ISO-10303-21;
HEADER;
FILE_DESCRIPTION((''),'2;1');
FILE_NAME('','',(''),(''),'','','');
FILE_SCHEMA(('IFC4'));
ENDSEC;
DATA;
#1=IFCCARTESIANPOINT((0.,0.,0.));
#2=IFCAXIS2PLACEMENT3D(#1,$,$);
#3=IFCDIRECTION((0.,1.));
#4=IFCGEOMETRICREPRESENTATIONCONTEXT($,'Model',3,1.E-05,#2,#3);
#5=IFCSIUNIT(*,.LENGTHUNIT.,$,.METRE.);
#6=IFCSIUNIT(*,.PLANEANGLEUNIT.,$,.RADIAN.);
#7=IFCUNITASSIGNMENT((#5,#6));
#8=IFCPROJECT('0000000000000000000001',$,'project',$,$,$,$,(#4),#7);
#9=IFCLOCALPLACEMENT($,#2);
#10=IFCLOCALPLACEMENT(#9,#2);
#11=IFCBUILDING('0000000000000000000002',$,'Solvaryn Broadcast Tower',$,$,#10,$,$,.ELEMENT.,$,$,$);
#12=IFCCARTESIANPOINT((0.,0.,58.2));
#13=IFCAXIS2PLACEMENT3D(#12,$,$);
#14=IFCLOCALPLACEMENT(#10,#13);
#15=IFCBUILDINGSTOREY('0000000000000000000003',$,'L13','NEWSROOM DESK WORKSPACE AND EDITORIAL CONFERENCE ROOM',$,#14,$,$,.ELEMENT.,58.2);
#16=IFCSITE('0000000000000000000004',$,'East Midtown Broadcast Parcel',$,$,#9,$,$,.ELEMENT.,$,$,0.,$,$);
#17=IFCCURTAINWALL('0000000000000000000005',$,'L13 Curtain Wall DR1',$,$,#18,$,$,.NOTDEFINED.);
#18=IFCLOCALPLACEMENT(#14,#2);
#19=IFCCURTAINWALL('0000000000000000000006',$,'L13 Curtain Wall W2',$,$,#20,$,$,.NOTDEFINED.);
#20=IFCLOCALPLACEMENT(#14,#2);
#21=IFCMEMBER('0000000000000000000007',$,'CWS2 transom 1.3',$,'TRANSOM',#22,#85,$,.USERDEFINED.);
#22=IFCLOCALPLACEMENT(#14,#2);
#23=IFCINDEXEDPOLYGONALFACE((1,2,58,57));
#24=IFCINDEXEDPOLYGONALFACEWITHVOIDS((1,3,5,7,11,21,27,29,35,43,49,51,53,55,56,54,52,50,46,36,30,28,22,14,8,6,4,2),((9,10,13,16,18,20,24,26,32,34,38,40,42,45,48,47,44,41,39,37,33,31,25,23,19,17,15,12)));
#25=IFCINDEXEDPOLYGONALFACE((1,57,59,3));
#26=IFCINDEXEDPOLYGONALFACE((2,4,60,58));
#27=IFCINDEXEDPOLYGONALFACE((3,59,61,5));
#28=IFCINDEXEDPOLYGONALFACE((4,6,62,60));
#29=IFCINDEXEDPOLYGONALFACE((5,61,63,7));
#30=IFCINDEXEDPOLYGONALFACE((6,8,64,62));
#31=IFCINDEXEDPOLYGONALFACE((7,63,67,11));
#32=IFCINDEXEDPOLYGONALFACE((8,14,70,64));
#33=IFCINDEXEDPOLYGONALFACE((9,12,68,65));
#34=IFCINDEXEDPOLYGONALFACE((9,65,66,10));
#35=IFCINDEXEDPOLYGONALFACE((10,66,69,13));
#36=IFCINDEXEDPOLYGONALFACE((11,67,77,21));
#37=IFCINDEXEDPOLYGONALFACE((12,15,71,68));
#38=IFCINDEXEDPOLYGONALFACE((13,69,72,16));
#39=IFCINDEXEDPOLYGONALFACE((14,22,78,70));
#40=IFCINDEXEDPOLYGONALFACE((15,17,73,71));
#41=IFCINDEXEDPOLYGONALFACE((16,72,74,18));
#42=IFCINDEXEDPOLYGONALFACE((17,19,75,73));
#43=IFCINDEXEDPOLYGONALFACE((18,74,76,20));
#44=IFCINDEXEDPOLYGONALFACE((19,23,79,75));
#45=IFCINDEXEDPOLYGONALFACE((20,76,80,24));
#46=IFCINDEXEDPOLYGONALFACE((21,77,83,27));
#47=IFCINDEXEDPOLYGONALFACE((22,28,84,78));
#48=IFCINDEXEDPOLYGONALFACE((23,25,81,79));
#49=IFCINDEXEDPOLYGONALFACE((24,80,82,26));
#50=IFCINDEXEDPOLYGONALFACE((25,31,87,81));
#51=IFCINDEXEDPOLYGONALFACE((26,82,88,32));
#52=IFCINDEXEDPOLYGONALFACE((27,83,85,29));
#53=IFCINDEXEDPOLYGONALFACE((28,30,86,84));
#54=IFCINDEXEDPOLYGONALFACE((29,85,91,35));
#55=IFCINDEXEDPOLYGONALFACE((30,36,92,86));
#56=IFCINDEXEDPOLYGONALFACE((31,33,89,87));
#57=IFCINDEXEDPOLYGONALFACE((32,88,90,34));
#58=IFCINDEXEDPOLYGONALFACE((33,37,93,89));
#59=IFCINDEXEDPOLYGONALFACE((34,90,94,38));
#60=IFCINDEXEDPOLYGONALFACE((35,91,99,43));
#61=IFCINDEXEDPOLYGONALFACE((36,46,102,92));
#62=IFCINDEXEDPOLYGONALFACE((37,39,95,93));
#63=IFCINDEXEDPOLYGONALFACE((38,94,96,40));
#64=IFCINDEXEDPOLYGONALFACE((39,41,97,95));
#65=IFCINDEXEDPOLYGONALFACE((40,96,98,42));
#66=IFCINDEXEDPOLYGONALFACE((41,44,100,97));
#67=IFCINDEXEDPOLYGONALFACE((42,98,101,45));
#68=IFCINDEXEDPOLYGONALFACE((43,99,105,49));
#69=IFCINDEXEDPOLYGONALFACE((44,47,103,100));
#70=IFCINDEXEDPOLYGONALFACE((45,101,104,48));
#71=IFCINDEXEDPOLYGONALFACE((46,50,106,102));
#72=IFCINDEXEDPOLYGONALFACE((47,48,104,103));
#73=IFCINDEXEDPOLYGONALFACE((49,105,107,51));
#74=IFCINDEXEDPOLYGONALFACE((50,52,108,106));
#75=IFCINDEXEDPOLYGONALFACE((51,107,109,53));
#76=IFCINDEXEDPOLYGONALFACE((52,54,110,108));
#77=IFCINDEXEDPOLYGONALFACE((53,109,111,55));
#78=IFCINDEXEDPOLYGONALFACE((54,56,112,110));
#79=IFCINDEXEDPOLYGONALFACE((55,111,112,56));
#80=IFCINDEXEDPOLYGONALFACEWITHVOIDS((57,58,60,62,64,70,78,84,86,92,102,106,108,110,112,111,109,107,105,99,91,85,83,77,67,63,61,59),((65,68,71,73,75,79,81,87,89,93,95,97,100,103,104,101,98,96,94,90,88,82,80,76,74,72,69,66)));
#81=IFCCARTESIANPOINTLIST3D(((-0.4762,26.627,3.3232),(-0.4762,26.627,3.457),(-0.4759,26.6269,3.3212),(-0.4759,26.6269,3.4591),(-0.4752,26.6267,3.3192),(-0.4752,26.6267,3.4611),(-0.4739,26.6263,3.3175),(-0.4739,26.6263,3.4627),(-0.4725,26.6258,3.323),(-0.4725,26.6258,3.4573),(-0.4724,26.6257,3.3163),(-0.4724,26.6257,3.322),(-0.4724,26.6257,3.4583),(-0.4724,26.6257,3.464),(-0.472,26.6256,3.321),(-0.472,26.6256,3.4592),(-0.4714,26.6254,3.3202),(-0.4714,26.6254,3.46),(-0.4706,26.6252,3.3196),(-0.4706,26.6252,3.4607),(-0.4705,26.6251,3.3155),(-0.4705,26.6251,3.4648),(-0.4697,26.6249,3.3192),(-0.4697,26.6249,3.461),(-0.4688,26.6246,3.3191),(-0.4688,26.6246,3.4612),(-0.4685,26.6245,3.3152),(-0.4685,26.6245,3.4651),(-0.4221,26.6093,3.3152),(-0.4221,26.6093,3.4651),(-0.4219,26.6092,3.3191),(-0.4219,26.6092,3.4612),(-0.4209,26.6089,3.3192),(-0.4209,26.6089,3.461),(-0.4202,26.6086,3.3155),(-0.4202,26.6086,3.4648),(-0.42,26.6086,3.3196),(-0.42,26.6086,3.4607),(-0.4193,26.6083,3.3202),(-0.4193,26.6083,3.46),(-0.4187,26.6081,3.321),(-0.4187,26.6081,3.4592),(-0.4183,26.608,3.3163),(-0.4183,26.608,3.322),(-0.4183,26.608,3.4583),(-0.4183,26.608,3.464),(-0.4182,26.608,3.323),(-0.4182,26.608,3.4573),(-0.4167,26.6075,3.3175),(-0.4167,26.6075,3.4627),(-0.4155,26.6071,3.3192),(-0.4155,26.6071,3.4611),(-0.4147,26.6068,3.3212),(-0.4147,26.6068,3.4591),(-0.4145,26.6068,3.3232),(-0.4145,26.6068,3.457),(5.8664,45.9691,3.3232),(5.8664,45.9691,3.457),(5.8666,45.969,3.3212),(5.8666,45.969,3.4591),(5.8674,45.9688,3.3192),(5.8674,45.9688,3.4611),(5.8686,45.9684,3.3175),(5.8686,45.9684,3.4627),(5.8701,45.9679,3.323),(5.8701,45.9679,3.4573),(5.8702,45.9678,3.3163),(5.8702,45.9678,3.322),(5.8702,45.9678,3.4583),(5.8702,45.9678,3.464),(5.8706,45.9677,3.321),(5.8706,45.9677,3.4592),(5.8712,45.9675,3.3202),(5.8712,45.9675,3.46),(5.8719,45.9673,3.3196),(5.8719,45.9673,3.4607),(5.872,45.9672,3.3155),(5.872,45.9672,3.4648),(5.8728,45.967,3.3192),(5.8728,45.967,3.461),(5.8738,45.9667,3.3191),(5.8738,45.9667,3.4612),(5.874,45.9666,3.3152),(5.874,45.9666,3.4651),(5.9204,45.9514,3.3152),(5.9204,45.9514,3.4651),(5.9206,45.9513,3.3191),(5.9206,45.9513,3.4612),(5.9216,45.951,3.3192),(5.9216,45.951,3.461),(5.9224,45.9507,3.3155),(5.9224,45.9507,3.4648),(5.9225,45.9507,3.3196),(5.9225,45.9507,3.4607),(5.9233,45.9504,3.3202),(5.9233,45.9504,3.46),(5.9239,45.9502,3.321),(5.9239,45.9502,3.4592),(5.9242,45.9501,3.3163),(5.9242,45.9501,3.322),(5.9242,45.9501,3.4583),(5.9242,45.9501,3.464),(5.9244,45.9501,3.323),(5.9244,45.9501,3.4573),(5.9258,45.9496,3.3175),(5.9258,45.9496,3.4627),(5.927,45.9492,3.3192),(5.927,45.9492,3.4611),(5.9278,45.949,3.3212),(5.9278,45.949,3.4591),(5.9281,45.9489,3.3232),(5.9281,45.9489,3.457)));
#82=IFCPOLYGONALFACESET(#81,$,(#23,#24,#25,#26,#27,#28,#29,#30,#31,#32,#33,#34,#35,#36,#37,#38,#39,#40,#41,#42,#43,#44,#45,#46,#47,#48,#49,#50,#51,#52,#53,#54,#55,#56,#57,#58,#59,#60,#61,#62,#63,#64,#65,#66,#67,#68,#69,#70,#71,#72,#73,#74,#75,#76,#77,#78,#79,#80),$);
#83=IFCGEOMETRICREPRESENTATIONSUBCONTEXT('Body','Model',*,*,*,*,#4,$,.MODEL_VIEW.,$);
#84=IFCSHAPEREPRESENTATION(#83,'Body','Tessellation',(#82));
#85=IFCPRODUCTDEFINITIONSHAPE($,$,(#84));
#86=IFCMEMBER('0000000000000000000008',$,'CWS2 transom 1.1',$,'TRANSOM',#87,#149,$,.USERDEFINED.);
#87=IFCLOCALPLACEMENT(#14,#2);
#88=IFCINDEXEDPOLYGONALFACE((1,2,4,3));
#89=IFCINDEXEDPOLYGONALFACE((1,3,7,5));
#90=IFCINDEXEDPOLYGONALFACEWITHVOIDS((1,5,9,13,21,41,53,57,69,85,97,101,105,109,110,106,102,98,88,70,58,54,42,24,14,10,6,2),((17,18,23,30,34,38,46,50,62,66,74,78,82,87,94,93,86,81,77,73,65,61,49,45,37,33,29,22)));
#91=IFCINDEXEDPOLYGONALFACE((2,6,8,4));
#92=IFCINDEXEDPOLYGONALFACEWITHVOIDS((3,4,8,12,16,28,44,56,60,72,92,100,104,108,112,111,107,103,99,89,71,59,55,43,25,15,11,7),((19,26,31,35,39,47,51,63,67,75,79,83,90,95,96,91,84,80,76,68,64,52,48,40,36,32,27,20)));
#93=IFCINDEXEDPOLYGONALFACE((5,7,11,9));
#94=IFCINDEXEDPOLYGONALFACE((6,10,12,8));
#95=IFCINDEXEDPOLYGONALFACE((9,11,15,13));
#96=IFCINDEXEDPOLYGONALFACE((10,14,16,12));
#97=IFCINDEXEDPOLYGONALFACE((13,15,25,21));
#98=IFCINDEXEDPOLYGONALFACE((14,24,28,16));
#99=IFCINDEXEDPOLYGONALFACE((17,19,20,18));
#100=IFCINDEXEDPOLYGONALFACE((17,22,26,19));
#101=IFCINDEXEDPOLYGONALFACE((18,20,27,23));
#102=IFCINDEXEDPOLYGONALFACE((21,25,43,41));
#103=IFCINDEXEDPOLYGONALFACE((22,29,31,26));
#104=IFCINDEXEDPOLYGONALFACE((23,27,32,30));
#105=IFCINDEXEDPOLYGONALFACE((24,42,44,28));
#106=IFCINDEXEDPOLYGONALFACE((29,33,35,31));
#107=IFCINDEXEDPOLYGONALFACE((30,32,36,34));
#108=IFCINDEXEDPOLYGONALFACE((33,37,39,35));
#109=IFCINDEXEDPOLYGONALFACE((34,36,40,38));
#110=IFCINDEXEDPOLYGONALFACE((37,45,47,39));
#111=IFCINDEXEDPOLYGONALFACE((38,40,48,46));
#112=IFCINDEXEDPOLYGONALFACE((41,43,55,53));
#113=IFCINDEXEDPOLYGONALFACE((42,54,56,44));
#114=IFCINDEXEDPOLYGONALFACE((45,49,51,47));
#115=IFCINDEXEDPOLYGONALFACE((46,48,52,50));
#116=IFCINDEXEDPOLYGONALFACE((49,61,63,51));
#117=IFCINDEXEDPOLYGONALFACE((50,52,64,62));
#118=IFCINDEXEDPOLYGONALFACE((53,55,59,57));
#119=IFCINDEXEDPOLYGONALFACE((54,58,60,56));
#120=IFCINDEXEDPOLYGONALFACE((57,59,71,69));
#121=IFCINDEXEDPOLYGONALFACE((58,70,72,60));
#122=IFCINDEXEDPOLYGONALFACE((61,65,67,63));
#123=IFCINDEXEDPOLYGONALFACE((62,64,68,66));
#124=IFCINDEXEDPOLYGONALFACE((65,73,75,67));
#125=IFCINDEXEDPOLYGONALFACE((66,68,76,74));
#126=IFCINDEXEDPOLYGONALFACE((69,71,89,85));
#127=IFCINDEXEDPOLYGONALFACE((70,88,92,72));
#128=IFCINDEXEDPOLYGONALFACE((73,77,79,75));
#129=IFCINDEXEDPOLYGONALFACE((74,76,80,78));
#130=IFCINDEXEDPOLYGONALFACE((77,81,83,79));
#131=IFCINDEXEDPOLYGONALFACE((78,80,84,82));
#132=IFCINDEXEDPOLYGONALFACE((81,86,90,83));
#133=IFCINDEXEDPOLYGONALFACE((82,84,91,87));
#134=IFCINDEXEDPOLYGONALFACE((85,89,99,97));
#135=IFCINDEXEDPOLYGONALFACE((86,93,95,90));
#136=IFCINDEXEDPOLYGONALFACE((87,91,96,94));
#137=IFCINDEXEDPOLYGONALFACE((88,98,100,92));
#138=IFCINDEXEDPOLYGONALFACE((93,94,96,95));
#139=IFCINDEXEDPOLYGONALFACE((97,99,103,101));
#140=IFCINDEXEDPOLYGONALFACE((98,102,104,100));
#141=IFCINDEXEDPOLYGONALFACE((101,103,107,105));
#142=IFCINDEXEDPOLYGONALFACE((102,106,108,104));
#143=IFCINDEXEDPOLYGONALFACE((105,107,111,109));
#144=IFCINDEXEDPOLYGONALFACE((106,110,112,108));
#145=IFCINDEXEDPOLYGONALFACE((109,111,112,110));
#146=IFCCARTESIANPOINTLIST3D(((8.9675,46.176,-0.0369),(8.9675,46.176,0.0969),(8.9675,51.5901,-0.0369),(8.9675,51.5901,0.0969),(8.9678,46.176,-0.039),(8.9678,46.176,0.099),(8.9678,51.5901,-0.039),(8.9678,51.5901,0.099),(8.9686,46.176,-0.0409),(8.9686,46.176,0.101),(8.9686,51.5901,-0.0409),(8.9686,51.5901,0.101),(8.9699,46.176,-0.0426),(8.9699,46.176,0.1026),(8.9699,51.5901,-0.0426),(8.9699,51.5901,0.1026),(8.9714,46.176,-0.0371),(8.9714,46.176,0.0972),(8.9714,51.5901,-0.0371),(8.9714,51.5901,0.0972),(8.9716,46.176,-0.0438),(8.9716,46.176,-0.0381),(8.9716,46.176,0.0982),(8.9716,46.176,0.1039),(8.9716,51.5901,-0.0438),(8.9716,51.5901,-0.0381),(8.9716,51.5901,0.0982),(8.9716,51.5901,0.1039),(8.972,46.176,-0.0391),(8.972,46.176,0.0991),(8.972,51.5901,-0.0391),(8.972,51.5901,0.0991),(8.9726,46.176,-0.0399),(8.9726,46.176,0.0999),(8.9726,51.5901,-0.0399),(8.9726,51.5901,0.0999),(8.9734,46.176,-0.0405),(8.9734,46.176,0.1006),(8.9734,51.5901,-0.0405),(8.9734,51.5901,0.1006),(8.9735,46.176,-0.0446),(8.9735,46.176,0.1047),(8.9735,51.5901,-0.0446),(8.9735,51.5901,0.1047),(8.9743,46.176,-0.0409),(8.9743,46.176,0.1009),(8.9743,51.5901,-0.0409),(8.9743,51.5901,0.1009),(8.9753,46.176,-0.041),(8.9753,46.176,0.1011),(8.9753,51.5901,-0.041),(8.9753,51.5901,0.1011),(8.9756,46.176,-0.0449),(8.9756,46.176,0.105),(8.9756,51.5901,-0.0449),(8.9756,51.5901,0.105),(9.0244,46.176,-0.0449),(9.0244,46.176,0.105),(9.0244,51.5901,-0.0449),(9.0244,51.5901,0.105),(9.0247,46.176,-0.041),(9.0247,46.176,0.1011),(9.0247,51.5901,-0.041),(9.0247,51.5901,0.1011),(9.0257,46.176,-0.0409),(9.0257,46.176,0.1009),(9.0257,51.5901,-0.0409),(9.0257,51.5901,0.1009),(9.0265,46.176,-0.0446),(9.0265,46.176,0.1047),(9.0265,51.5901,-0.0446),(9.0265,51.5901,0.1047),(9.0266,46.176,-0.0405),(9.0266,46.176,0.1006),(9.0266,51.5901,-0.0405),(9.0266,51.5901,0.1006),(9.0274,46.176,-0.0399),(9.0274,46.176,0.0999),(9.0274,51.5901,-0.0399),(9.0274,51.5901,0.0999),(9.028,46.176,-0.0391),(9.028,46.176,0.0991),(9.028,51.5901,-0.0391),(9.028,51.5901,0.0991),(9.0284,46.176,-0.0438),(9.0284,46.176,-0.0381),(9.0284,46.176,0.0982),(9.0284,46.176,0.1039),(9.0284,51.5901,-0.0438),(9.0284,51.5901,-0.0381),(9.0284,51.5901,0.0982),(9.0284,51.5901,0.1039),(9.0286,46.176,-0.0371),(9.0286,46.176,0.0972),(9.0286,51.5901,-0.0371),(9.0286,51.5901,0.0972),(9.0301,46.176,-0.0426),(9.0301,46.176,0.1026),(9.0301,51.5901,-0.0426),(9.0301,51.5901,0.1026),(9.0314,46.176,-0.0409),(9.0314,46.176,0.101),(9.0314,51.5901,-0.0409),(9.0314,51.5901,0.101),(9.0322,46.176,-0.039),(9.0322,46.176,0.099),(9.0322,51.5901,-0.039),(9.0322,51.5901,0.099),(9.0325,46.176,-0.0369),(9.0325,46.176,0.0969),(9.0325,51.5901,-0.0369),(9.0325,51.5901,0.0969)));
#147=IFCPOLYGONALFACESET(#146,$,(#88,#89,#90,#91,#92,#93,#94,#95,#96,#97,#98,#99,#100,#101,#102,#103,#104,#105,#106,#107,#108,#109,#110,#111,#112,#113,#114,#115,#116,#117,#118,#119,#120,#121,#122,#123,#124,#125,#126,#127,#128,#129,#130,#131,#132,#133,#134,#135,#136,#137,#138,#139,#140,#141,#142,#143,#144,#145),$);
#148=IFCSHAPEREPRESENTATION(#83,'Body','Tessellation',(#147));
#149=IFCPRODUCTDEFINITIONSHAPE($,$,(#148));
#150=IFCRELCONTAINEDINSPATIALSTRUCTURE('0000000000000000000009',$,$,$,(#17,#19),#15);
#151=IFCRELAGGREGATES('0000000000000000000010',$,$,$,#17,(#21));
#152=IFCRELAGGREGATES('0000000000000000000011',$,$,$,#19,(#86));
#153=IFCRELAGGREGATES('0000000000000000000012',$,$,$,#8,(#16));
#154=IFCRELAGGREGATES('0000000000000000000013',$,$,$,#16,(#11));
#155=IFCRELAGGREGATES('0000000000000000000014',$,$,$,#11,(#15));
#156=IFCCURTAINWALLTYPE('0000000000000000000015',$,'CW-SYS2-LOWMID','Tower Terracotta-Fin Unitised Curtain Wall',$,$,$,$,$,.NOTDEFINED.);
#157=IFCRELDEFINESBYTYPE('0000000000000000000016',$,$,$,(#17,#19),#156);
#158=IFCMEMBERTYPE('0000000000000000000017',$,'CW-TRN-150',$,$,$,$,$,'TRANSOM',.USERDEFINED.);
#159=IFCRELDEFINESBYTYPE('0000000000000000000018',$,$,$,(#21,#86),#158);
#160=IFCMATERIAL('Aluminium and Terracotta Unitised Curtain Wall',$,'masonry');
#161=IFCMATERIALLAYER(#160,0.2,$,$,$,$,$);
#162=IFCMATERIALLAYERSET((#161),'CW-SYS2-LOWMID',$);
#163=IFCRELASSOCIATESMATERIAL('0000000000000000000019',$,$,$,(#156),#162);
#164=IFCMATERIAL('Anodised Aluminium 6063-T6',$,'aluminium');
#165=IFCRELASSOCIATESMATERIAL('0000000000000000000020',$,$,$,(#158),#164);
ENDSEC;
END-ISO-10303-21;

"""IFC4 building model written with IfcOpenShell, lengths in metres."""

from ifc_helpers import new_model, si_unit, direction, frame, origin, origin_2d, place, context, subcontext, project, spatial, hollow_rectangle, extrude, material, layer, layer_set, material_profile, profile_set, type_object, element, aggregate, save


model = new_model("IFC4")

# Units and contexts
model_context = context("Model", 3, precision=1e-05, world=origin(), true_north=direction((0.0, 1.0)))
body_context = subcontext(model_context, "Body", "Model", "MODEL_VIEW")
ifc_project = project(units=[si_unit("LENGTHUNIT", "METRE"), si_unit("PLANEANGLEUNIT", "RADIAN")], contexts=[model_context])

# Site, building, storey
site_placement = place(None, origin())
site = spatial("IfcSite", under=ifc_project, at=site_placement, Name="East Midtown Broadcast Parcel", CompositionType="ELEMENT", RefElevation=0.0)
building_placement = place(site_placement, origin())
building = spatial("IfcBuilding", under=site, at=building_placement, Name="Solvaryn Broadcast Tower", CompositionType="ELEMENT")
storey_placement = place(building_placement, frame((0.0, 0.0, 58.2)))
storey = spatial("IfcBuildingStorey", under=building, at=storey_placement, Name="L13", Description="NEWSROOM DESK WORKSPACE AND EDITORIAL CONFERENCE ROOM", CompositionType="ELEMENT", Elevation=58.2)

# Curtain wall
ifc_material_1 = material(Name="Aluminium and Terracotta Unitised Curtain Wall", Category="masonry")
ifc_layer_1 = layer(ifc_material_1, 0.2)
ifc_layer_set_1 = layer_set([ifc_layer_1], Name="CW-SYS2-LOWMID")
curtain_wall_type = type_object("IfcCurtainWallType", Name="CW-SYS2-LOWMID", Description="Tower Terracotta-Fin Unitised Curtain Wall", PredefinedType="NOTDEFINED", material=ifc_layer_set_1)
curtain_wall_1_placement = place(storey_placement, origin())
curtain_wall_1 = element("IfcCurtainWall", 1, at=curtain_wall_1_placement, inside=storey, type_object=curtain_wall_type, Name="L13 Curtain Wall DR1", PredefinedType="NOTDEFINED")

# Curtain wall
curtain_wall_2_placement = place(storey_placement, origin())
curtain_wall_2 = element("IfcCurtainWall", 2, at=curtain_wall_2_placement, inside=storey, type_object=curtain_wall_type, Name="L13 Curtain Wall W2", PredefinedType="NOTDEFINED")

# Members
ifc_material_2 = material(Name="Anodised Aluminium 6063-T6", Category="aluminium")
ifc_material_profile_1 = material_profile(ifc_material_2, hollow_rectangle(XDim=0.0649, YDim=0.1499, WallThickness=0.0039, InnerFilletRadius=0.0039, OuterFilletRadius=0.0081, at=origin_2d()))
ifc_profile_set_1 = profile_set([ifc_material_profile_1], Name="Anodised Aluminium 6063-T6")
member_type_1 = type_object("IfcMemberType", Name="CW-TRN-150", ElementType="TRANSOM", PredefinedType="USERDEFINED", material=ifc_profile_set_1)
member_1_placement = place(storey_placement, frame((5.8972, 45.959, 3.3901), z_axis=(-0.31159, -0.950217, 0.0), x_axis=(0.950217, -0.31159, 0.0)))
member_1 = element("IfcMember", 3, at=member_1_placement, type_object=member_type_1, Name="CWS2 transom 1.3", ObjectType="TRANSOM", PredefinedType="USERDEFINED", context=body_context, shape_type="SweptSolid", body=[
    extrude(hollow_rectangle(XDim=0.0649, YDim=0.1499, WallThickness=0.0039, InnerFilletRadius=0.0039, OuterFilletRadius=0.0081, at=origin_2d()), origin(), (0.0, 0.0, 1.0), 20.3555),
])
aggregate(curtain_wall_1, [member_1])
member_2_placement = place(storey_placement, frame((9.0, 46.176, 0.03), z_axis=(0.0, 1.0, 0.0), x_axis=(-1.0, 0.0, 0.0)))
member_2 = element("IfcMember", 4, at=member_2_placement, type_object=member_type_1, Name="CWS2 transom 1.1", ObjectType="TRANSOM", PredefinedType="USERDEFINED", context=body_context, shape_type="SweptSolid", body=[
    extrude(hollow_rectangle(XDim=0.0649, YDim=0.1499, WallThickness=0.0039, InnerFilletRadius=0.0039, OuterFilletRadius=0.0081, at=origin_2d()), origin(), (0.0, 0.0, 1.0), 5.4141),
])

aggregate(curtain_wall_2, [member_2])

save(model, "model.ifc")
